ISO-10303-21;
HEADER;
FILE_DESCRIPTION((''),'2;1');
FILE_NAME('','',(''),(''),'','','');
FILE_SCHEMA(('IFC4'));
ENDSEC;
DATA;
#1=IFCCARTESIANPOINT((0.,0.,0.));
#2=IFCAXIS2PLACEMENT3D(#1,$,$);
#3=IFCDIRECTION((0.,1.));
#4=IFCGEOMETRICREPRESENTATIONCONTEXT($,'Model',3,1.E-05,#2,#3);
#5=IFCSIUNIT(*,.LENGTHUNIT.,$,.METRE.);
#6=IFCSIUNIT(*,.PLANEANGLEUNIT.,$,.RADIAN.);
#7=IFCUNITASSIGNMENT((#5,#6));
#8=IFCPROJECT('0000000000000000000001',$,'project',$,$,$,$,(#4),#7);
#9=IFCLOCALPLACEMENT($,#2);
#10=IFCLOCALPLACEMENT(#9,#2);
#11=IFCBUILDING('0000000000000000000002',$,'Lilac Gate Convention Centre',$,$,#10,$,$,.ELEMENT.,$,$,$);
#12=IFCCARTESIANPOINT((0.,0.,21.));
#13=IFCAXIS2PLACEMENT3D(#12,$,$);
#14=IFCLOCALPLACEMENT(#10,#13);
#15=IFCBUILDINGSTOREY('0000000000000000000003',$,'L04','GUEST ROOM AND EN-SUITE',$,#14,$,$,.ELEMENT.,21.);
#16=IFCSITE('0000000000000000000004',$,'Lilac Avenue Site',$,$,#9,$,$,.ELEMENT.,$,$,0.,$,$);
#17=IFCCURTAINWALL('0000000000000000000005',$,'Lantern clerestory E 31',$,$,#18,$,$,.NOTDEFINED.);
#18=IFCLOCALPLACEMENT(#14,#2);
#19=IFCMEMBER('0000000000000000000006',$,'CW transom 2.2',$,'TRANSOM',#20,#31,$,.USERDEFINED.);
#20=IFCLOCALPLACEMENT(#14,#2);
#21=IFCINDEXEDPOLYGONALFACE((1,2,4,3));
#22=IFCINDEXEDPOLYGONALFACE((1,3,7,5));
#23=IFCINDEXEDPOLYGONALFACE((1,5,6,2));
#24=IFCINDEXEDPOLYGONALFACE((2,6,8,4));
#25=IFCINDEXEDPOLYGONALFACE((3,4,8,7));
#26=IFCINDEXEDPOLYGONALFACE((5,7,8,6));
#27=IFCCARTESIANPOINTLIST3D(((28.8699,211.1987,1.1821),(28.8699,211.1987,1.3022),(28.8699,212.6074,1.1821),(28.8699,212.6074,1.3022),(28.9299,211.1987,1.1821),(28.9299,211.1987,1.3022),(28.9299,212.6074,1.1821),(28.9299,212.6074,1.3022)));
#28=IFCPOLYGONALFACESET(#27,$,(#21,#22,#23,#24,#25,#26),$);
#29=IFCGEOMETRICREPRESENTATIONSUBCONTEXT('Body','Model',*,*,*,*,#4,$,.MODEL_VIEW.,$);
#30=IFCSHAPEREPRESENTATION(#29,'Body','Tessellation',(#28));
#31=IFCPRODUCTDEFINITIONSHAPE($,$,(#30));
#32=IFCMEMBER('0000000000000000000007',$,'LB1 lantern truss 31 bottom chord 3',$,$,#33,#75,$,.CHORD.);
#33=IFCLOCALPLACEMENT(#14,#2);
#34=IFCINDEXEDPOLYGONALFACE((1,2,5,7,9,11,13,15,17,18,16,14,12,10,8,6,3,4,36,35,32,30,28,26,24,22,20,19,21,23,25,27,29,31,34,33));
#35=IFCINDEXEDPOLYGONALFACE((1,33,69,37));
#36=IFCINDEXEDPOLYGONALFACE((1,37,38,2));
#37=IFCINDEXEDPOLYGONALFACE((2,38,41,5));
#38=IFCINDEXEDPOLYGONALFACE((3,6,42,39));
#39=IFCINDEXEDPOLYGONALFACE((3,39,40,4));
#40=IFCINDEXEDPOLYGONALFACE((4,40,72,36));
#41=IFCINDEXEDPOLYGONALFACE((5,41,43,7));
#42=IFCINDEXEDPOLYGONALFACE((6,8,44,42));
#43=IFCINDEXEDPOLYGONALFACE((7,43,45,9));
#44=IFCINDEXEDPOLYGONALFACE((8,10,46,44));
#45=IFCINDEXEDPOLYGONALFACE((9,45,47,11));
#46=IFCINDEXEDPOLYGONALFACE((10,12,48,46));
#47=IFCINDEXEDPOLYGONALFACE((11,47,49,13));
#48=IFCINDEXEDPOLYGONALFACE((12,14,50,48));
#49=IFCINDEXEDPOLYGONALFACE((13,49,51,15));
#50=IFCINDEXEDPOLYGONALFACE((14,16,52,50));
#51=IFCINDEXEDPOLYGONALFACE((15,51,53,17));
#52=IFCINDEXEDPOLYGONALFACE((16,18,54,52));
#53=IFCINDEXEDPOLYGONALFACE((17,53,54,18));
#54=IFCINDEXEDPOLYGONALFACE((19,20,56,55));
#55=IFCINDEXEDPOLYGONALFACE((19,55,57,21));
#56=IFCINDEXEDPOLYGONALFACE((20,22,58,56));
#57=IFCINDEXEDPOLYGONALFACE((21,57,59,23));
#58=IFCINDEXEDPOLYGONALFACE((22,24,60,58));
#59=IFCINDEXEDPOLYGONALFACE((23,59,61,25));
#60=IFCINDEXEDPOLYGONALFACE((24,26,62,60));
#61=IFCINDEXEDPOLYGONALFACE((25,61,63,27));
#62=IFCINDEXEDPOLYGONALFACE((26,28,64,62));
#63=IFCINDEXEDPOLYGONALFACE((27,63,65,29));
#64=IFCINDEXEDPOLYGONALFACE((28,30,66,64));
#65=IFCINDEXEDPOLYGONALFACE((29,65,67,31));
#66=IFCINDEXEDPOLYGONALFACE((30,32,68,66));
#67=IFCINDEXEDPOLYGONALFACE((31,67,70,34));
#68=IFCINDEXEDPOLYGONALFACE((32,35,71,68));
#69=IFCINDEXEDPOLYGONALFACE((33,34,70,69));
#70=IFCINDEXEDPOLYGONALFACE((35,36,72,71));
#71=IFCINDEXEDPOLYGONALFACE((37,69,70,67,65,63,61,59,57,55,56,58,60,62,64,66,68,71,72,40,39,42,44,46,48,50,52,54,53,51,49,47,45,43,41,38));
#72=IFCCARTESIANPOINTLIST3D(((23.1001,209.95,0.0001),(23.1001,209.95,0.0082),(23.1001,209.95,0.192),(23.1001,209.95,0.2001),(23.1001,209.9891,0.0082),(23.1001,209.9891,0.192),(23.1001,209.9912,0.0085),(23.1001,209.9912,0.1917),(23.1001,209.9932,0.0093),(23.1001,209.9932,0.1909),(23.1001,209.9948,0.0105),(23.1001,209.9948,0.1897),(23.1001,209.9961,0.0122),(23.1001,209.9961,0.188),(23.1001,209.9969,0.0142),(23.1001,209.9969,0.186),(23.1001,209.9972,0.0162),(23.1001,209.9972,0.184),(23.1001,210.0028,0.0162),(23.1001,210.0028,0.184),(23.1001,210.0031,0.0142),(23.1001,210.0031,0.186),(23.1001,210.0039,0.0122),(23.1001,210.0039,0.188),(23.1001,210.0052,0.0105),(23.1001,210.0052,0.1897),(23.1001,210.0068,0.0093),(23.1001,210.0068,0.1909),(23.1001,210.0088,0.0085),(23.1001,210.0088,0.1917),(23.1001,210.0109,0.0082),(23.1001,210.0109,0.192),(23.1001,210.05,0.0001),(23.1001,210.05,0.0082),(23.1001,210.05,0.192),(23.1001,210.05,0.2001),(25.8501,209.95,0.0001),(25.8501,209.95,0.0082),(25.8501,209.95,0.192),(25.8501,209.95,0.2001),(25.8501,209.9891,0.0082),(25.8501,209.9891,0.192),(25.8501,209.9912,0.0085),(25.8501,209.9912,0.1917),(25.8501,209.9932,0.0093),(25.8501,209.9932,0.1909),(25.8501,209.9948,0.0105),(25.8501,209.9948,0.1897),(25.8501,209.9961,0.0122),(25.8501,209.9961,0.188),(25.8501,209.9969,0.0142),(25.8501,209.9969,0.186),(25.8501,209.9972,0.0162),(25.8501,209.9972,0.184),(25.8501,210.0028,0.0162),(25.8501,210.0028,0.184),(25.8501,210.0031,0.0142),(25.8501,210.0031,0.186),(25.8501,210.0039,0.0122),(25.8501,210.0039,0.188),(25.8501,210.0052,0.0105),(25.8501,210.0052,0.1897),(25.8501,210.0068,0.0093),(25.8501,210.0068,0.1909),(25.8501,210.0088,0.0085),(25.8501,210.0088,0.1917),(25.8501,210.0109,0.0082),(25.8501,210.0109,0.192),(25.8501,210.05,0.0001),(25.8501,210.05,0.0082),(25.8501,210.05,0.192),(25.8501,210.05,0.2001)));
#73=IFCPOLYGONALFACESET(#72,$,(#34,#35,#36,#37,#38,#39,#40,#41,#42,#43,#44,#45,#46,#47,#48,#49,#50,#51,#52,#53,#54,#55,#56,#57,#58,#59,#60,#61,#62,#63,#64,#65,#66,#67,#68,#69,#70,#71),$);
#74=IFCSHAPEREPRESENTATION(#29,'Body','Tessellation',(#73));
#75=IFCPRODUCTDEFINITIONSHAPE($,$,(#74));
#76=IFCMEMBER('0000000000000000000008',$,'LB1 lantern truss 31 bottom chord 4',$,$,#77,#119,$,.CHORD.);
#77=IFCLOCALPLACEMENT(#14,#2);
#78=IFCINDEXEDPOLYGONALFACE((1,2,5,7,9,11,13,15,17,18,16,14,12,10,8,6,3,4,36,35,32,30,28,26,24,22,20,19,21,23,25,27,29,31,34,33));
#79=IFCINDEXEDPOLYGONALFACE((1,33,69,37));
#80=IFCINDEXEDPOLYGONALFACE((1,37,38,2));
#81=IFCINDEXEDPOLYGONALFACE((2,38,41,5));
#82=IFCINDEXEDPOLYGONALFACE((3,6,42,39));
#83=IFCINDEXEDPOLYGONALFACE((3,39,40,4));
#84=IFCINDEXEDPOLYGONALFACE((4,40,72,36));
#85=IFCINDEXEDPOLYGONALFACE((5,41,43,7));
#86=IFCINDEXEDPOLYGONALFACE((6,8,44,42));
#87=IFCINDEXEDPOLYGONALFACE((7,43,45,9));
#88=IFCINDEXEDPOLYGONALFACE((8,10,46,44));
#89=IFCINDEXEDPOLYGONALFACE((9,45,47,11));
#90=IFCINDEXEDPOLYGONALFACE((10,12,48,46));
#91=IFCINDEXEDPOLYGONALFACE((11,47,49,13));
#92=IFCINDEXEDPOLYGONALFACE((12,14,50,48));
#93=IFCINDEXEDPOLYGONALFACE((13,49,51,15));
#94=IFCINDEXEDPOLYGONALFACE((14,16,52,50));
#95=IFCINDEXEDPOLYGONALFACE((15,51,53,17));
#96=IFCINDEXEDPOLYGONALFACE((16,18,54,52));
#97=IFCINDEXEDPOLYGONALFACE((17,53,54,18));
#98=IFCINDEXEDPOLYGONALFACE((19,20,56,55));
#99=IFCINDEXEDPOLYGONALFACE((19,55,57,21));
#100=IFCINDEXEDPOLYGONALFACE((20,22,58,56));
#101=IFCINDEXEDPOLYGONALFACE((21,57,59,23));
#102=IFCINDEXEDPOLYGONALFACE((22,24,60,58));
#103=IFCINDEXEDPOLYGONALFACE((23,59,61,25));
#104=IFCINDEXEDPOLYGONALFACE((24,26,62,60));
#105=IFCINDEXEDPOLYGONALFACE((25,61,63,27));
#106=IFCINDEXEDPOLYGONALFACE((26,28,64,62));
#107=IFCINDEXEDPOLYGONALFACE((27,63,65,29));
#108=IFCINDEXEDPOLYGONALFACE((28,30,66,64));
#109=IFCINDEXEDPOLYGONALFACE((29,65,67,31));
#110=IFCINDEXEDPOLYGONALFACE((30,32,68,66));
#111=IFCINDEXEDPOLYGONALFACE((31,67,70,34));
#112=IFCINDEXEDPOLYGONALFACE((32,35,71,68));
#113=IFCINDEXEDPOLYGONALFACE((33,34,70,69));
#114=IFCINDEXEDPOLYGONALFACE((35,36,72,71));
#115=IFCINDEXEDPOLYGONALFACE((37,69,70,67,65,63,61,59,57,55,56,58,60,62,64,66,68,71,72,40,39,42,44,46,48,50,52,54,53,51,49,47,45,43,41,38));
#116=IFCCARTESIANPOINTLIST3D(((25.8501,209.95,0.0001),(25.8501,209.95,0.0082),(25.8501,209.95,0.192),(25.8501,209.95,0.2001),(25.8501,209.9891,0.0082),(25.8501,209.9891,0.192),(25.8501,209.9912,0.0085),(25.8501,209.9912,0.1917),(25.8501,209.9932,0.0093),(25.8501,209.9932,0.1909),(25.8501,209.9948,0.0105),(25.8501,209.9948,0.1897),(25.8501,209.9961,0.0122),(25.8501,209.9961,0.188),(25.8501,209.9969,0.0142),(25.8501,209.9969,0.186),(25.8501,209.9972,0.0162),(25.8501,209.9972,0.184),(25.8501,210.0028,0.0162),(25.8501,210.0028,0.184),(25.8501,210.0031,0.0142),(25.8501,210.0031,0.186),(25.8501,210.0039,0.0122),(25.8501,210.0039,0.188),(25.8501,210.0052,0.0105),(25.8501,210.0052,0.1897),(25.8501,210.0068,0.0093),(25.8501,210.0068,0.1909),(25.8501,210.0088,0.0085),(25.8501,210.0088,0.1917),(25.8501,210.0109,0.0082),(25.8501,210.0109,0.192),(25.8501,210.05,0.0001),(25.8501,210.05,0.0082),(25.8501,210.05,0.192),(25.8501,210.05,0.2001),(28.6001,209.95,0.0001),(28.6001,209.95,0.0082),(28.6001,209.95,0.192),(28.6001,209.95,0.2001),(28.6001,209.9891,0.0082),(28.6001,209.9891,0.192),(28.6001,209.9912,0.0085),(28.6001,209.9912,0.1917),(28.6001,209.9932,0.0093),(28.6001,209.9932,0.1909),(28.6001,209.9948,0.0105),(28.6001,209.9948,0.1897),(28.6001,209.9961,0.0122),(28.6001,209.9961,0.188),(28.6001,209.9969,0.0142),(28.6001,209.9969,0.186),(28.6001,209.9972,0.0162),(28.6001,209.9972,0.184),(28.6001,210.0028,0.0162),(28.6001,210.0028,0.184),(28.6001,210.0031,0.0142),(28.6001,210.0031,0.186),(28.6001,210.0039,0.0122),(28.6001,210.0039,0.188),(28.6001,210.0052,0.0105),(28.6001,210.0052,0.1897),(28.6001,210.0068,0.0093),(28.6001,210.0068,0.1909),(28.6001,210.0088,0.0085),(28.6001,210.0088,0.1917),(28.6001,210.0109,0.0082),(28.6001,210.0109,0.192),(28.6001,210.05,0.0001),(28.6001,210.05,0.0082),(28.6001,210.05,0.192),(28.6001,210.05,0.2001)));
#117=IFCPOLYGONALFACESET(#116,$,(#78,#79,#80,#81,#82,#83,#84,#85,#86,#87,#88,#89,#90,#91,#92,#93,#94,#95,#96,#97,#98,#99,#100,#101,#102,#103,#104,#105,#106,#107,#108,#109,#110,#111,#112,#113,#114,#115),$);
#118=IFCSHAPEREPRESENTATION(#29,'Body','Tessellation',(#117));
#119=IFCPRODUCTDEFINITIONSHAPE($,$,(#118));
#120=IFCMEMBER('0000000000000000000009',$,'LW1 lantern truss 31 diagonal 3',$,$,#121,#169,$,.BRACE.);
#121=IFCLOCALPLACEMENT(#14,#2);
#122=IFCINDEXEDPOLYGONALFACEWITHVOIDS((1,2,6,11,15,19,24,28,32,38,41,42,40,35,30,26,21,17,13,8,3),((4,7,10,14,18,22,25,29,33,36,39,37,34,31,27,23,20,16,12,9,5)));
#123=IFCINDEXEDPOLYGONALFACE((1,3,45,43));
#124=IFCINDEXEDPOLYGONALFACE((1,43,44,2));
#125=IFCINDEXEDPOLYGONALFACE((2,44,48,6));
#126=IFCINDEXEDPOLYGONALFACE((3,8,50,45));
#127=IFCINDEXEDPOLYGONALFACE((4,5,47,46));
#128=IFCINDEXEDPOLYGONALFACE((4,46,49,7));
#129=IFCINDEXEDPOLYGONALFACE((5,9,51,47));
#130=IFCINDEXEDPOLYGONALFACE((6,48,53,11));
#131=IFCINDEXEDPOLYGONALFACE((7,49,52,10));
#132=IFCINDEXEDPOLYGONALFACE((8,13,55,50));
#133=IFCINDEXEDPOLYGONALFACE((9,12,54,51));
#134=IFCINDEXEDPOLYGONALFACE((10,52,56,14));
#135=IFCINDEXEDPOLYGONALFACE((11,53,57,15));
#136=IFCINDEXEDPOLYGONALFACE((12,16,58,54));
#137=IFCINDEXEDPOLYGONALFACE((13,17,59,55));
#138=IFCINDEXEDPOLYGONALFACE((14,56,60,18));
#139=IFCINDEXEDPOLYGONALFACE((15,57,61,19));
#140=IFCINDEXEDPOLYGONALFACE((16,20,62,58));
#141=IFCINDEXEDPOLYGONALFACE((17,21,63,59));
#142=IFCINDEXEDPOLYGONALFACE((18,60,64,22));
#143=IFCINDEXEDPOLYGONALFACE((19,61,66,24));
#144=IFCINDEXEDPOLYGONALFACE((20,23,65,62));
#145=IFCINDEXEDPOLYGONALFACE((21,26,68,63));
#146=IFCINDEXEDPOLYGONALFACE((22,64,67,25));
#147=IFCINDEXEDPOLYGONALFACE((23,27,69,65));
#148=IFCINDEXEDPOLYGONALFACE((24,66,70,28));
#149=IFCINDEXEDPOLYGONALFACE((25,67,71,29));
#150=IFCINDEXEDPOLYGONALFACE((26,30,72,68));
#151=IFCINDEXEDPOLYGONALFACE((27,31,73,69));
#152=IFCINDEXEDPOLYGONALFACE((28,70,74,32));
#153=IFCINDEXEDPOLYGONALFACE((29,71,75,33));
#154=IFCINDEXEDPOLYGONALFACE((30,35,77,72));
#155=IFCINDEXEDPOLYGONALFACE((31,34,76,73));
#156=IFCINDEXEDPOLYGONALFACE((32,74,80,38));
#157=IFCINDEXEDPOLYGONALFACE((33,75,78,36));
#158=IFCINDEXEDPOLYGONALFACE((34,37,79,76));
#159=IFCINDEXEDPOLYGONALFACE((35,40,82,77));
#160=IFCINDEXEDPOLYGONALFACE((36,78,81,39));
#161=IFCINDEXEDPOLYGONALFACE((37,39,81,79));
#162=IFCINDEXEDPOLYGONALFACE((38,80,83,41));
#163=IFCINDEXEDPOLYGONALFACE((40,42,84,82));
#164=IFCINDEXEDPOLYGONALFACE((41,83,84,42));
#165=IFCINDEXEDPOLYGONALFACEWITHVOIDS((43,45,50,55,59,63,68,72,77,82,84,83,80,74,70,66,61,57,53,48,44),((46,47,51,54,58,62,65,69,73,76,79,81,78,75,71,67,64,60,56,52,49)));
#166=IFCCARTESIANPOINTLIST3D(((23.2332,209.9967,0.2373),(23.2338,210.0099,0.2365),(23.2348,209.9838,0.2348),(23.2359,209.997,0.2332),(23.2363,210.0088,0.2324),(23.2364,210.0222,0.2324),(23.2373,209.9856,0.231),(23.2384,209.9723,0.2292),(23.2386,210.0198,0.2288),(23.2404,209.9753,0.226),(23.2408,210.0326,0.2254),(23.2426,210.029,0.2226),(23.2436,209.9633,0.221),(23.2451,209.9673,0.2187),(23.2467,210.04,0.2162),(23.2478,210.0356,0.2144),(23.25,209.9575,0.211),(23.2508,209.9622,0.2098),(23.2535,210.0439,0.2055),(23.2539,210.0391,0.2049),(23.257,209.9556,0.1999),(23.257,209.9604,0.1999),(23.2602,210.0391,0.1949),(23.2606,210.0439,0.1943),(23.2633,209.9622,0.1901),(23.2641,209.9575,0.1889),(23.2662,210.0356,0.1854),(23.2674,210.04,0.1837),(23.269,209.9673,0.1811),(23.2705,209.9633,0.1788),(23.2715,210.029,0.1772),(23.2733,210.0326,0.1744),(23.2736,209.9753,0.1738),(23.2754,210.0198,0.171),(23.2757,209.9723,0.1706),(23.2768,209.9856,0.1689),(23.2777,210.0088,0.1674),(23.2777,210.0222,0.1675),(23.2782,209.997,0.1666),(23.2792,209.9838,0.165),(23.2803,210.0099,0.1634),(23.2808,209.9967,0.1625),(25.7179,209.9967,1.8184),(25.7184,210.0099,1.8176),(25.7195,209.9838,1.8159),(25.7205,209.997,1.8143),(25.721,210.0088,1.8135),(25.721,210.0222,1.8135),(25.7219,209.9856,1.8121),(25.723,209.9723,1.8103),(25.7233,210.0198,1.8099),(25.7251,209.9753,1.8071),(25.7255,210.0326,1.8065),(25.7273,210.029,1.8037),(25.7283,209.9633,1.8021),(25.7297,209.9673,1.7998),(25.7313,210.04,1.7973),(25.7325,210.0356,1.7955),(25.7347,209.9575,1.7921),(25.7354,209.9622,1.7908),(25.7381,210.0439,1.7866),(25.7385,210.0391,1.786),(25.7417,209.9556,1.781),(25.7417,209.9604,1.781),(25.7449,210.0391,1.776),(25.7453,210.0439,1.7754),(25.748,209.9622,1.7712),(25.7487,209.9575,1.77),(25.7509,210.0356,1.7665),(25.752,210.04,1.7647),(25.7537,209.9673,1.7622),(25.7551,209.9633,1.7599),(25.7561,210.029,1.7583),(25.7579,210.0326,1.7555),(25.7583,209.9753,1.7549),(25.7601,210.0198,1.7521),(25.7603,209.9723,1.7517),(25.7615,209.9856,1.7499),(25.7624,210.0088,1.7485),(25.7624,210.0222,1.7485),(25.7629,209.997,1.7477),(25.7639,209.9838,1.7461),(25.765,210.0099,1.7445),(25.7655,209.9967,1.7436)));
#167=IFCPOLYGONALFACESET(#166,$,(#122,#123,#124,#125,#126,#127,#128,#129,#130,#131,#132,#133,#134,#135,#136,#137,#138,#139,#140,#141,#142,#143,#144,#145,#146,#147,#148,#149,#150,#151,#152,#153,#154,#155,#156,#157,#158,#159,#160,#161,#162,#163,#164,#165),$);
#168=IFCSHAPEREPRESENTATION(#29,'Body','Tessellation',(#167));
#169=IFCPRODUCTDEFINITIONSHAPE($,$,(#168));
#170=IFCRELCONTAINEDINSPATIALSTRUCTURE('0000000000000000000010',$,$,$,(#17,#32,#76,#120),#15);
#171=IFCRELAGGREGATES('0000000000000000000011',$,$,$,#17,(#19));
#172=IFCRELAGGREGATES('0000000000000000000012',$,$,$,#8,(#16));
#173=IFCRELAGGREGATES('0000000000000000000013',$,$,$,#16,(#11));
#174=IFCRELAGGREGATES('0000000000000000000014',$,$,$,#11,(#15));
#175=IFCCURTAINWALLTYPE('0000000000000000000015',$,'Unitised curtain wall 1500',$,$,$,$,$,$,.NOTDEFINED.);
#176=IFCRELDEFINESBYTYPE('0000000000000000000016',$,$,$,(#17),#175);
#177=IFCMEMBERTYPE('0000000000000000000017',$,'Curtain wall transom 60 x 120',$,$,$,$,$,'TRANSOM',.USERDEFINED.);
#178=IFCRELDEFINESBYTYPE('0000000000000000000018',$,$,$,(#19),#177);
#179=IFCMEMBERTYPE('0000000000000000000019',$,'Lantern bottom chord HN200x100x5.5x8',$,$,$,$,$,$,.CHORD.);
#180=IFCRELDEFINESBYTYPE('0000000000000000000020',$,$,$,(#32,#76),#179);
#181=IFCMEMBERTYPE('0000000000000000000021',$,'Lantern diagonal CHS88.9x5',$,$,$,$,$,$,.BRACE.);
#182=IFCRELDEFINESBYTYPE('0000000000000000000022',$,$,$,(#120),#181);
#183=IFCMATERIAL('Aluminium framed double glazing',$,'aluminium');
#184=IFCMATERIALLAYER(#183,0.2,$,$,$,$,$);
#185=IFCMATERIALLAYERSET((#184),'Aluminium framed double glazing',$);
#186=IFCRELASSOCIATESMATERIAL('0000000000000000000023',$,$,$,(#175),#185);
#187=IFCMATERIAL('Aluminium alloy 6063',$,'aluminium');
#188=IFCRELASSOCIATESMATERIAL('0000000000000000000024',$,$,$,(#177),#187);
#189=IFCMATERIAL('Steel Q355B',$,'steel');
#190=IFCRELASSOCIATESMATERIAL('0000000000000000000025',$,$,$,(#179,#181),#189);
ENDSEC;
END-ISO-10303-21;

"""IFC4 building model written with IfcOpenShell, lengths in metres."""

from ifc_helpers import new_model, si_unit, direction, frame, origin, origin_2d, place, context, subcontext, project, spatial, rectangle, hollow_circle, i_section, extrude, material, layer, layer_set, material_profile, profile_set, type_object, element, aggregate, save


model = new_model("IFC4")

# Units and contexts
model_context = context("Model", 3, precision=1e-05, world=origin(), true_north=direction((0.0, 1.0)))
body_context = subcontext(model_context, "Body", "Model", "MODEL_VIEW")
ifc_project = project(units=[si_unit("LENGTHUNIT", "METRE"), si_unit("PLANEANGLEUNIT", "RADIAN")], contexts=[model_context])

# Site, building, storey
site_placement = place(None, origin())
site = spatial("IfcSite", under=ifc_project, at=site_placement, Name="Lilac Avenue Site", CompositionType="ELEMENT", RefElevation=0.0)
building_placement = place(site_placement, origin())
building = spatial("IfcBuilding", under=site, at=building_placement, Name="Lilac Gate Convention Centre", CompositionType="ELEMENT")
storey_placement = place(building_placement, frame((0.0, 0.0, 21.0)))
storey = spatial("IfcBuildingStorey", under=building, at=storey_placement, Name="L04", Description="GUEST ROOM AND EN-SUITE", CompositionType="ELEMENT", Elevation=21.0)

# Curtain wall
ifc_material_1 = material(Name="Aluminium framed double glazing", Category="aluminium")
ifc_layer_1 = layer(ifc_material_1, 0.2)
ifc_layer_set_1 = layer_set([ifc_layer_1], Name="Aluminium framed double glazing")
curtain_wall_type = type_object("IfcCurtainWallType", Name="Unitised curtain wall 1500", PredefinedType="NOTDEFINED", material=ifc_layer_set_1)
ifc_material_2 = material(Name="Aluminium alloy 6063", Category="aluminium")
curtain_wall_1_placement = place(storey_placement, origin())
curtain_wall_1 = element("IfcCurtainWall", 1, at=curtain_wall_1_placement, inside=storey, type_object=curtain_wall_type, Name="Lantern clerestory E 31", PredefinedType="NOTDEFINED")

# Member
ifc_material_profile_1 = material_profile(ifc_material_2, rectangle(XDim=0.0601, YDim=0.1201, at=origin_2d()), Name="Curtain wall transom 60 x 120")
ifc_profile_set_1 = profile_set([ifc_material_profile_1], Name="Aluminium alloy 6063")
member_type_1 = type_object("IfcMemberType", Name="Curtain wall transom 60 x 120", ElementType="TRANSOM", PredefinedType="USERDEFINED", material=ifc_profile_set_1)
member_1_placement = place(storey_placement, frame((28.8999, 211.1987, 1.2422), z_axis=(0.0, 1.0, 0.0), x_axis=(-1.0, 0.0, 0.0)))
member_1 = element("IfcMember", 2, at=member_1_placement, type_object=member_type_1, Name="CW transom 2.2", ObjectType="TRANSOM", PredefinedType="USERDEFINED", context=body_context, shape_type="SweptSolid", body=[
    extrude(rectangle(XDim=0.0601, YDim=0.1201, at=origin_2d()), origin(), (0.0, 0.0, 1.0), 1.4087),
])

# Members
ifc_material_3 = material(Name="Steel Q355B", Category="steel")
ifc_material_profile_2 = material_profile(ifc_material_3, i_section(OverallWidth=0.1001, OverallDepth=0.2, WebThickness=0.0056, FlangeThickness=0.0081, FilletRadius=0.0081, at=origin_2d()), Name="HN200x100x5.5x8")
ifc_profile_set_2 = profile_set([ifc_material_profile_2], Name="Steel Q355B")
member_type_2 = type_object("IfcMemberType", Name="Lantern bottom chord HN200x100x5.5x8", PredefinedType="CHORD", material=ifc_profile_set_2)
for number, where, z_axis, x_axis, name in (
    (3, (23.1001, 210.0, 0.1001), (1.0, 0.0, 0.0), (0.0, 1.0, 0.0), "LB1 lantern truss 31 bottom chord 3"),
    (4, (25.8501, 210.0, 0.1001), (1.0, 0.0, 0.0), (0.0, 1.0, 0.0), "LB1 lantern truss 31 bottom chord 4"),
):
    element("IfcMember", number, at=place(storey_placement, frame(where, z_axis=z_axis, x_axis=x_axis)), inside=storey, type_object=member_type_2, Name=name, PredefinedType="CHORD", context=body_context, shape_type="SweptSolid", body=[
        extrude(i_section(OverallWidth=0.1001, OverallDepth=0.2, WebThickness=0.0056, FlangeThickness=0.0081, FilletRadius=0.0081, at=origin_2d()), origin(), (0.0, 0.0, 1.0), 2.75),
    ])
ifc_material_profile_3 = material_profile(ifc_material_3, hollow_circle(Radius=0.0444, WallThickness=0.0049, at=origin_2d()), Name="CHS88.9x5")
ifc_profile_set_3 = profile_set([ifc_material_profile_3], Name="Steel Q355B")
member_type_3 = type_object("IfcMemberType", Name="Lantern diagonal CHS88.9x5", PredefinedType="BRACE", material=ifc_profile_set_3)
member_2_placement = place(storey_placement, frame((25.7417, 210.0, 1.781), z_axis=(-0.843672, 0.0, -0.536859), x_axis=(0.0, -1.0, 0.0)))
element("IfcMember", 5, at=member_2_placement, inside=storey, type_object=member_type_3, Name="LW1 lantern truss 31 diagonal 3", PredefinedType="BRACE", context=body_context, shape_type="SweptSolid", body=[
    extrude(hollow_circle(Radius=0.0444, WallThickness=0.0049, at=origin_2d()), origin(), (0.0, 0.0, 1.0), 2.9451),
])

aggregate(curtain_wall_1, [member_1])

save(model, "model.ifc")
